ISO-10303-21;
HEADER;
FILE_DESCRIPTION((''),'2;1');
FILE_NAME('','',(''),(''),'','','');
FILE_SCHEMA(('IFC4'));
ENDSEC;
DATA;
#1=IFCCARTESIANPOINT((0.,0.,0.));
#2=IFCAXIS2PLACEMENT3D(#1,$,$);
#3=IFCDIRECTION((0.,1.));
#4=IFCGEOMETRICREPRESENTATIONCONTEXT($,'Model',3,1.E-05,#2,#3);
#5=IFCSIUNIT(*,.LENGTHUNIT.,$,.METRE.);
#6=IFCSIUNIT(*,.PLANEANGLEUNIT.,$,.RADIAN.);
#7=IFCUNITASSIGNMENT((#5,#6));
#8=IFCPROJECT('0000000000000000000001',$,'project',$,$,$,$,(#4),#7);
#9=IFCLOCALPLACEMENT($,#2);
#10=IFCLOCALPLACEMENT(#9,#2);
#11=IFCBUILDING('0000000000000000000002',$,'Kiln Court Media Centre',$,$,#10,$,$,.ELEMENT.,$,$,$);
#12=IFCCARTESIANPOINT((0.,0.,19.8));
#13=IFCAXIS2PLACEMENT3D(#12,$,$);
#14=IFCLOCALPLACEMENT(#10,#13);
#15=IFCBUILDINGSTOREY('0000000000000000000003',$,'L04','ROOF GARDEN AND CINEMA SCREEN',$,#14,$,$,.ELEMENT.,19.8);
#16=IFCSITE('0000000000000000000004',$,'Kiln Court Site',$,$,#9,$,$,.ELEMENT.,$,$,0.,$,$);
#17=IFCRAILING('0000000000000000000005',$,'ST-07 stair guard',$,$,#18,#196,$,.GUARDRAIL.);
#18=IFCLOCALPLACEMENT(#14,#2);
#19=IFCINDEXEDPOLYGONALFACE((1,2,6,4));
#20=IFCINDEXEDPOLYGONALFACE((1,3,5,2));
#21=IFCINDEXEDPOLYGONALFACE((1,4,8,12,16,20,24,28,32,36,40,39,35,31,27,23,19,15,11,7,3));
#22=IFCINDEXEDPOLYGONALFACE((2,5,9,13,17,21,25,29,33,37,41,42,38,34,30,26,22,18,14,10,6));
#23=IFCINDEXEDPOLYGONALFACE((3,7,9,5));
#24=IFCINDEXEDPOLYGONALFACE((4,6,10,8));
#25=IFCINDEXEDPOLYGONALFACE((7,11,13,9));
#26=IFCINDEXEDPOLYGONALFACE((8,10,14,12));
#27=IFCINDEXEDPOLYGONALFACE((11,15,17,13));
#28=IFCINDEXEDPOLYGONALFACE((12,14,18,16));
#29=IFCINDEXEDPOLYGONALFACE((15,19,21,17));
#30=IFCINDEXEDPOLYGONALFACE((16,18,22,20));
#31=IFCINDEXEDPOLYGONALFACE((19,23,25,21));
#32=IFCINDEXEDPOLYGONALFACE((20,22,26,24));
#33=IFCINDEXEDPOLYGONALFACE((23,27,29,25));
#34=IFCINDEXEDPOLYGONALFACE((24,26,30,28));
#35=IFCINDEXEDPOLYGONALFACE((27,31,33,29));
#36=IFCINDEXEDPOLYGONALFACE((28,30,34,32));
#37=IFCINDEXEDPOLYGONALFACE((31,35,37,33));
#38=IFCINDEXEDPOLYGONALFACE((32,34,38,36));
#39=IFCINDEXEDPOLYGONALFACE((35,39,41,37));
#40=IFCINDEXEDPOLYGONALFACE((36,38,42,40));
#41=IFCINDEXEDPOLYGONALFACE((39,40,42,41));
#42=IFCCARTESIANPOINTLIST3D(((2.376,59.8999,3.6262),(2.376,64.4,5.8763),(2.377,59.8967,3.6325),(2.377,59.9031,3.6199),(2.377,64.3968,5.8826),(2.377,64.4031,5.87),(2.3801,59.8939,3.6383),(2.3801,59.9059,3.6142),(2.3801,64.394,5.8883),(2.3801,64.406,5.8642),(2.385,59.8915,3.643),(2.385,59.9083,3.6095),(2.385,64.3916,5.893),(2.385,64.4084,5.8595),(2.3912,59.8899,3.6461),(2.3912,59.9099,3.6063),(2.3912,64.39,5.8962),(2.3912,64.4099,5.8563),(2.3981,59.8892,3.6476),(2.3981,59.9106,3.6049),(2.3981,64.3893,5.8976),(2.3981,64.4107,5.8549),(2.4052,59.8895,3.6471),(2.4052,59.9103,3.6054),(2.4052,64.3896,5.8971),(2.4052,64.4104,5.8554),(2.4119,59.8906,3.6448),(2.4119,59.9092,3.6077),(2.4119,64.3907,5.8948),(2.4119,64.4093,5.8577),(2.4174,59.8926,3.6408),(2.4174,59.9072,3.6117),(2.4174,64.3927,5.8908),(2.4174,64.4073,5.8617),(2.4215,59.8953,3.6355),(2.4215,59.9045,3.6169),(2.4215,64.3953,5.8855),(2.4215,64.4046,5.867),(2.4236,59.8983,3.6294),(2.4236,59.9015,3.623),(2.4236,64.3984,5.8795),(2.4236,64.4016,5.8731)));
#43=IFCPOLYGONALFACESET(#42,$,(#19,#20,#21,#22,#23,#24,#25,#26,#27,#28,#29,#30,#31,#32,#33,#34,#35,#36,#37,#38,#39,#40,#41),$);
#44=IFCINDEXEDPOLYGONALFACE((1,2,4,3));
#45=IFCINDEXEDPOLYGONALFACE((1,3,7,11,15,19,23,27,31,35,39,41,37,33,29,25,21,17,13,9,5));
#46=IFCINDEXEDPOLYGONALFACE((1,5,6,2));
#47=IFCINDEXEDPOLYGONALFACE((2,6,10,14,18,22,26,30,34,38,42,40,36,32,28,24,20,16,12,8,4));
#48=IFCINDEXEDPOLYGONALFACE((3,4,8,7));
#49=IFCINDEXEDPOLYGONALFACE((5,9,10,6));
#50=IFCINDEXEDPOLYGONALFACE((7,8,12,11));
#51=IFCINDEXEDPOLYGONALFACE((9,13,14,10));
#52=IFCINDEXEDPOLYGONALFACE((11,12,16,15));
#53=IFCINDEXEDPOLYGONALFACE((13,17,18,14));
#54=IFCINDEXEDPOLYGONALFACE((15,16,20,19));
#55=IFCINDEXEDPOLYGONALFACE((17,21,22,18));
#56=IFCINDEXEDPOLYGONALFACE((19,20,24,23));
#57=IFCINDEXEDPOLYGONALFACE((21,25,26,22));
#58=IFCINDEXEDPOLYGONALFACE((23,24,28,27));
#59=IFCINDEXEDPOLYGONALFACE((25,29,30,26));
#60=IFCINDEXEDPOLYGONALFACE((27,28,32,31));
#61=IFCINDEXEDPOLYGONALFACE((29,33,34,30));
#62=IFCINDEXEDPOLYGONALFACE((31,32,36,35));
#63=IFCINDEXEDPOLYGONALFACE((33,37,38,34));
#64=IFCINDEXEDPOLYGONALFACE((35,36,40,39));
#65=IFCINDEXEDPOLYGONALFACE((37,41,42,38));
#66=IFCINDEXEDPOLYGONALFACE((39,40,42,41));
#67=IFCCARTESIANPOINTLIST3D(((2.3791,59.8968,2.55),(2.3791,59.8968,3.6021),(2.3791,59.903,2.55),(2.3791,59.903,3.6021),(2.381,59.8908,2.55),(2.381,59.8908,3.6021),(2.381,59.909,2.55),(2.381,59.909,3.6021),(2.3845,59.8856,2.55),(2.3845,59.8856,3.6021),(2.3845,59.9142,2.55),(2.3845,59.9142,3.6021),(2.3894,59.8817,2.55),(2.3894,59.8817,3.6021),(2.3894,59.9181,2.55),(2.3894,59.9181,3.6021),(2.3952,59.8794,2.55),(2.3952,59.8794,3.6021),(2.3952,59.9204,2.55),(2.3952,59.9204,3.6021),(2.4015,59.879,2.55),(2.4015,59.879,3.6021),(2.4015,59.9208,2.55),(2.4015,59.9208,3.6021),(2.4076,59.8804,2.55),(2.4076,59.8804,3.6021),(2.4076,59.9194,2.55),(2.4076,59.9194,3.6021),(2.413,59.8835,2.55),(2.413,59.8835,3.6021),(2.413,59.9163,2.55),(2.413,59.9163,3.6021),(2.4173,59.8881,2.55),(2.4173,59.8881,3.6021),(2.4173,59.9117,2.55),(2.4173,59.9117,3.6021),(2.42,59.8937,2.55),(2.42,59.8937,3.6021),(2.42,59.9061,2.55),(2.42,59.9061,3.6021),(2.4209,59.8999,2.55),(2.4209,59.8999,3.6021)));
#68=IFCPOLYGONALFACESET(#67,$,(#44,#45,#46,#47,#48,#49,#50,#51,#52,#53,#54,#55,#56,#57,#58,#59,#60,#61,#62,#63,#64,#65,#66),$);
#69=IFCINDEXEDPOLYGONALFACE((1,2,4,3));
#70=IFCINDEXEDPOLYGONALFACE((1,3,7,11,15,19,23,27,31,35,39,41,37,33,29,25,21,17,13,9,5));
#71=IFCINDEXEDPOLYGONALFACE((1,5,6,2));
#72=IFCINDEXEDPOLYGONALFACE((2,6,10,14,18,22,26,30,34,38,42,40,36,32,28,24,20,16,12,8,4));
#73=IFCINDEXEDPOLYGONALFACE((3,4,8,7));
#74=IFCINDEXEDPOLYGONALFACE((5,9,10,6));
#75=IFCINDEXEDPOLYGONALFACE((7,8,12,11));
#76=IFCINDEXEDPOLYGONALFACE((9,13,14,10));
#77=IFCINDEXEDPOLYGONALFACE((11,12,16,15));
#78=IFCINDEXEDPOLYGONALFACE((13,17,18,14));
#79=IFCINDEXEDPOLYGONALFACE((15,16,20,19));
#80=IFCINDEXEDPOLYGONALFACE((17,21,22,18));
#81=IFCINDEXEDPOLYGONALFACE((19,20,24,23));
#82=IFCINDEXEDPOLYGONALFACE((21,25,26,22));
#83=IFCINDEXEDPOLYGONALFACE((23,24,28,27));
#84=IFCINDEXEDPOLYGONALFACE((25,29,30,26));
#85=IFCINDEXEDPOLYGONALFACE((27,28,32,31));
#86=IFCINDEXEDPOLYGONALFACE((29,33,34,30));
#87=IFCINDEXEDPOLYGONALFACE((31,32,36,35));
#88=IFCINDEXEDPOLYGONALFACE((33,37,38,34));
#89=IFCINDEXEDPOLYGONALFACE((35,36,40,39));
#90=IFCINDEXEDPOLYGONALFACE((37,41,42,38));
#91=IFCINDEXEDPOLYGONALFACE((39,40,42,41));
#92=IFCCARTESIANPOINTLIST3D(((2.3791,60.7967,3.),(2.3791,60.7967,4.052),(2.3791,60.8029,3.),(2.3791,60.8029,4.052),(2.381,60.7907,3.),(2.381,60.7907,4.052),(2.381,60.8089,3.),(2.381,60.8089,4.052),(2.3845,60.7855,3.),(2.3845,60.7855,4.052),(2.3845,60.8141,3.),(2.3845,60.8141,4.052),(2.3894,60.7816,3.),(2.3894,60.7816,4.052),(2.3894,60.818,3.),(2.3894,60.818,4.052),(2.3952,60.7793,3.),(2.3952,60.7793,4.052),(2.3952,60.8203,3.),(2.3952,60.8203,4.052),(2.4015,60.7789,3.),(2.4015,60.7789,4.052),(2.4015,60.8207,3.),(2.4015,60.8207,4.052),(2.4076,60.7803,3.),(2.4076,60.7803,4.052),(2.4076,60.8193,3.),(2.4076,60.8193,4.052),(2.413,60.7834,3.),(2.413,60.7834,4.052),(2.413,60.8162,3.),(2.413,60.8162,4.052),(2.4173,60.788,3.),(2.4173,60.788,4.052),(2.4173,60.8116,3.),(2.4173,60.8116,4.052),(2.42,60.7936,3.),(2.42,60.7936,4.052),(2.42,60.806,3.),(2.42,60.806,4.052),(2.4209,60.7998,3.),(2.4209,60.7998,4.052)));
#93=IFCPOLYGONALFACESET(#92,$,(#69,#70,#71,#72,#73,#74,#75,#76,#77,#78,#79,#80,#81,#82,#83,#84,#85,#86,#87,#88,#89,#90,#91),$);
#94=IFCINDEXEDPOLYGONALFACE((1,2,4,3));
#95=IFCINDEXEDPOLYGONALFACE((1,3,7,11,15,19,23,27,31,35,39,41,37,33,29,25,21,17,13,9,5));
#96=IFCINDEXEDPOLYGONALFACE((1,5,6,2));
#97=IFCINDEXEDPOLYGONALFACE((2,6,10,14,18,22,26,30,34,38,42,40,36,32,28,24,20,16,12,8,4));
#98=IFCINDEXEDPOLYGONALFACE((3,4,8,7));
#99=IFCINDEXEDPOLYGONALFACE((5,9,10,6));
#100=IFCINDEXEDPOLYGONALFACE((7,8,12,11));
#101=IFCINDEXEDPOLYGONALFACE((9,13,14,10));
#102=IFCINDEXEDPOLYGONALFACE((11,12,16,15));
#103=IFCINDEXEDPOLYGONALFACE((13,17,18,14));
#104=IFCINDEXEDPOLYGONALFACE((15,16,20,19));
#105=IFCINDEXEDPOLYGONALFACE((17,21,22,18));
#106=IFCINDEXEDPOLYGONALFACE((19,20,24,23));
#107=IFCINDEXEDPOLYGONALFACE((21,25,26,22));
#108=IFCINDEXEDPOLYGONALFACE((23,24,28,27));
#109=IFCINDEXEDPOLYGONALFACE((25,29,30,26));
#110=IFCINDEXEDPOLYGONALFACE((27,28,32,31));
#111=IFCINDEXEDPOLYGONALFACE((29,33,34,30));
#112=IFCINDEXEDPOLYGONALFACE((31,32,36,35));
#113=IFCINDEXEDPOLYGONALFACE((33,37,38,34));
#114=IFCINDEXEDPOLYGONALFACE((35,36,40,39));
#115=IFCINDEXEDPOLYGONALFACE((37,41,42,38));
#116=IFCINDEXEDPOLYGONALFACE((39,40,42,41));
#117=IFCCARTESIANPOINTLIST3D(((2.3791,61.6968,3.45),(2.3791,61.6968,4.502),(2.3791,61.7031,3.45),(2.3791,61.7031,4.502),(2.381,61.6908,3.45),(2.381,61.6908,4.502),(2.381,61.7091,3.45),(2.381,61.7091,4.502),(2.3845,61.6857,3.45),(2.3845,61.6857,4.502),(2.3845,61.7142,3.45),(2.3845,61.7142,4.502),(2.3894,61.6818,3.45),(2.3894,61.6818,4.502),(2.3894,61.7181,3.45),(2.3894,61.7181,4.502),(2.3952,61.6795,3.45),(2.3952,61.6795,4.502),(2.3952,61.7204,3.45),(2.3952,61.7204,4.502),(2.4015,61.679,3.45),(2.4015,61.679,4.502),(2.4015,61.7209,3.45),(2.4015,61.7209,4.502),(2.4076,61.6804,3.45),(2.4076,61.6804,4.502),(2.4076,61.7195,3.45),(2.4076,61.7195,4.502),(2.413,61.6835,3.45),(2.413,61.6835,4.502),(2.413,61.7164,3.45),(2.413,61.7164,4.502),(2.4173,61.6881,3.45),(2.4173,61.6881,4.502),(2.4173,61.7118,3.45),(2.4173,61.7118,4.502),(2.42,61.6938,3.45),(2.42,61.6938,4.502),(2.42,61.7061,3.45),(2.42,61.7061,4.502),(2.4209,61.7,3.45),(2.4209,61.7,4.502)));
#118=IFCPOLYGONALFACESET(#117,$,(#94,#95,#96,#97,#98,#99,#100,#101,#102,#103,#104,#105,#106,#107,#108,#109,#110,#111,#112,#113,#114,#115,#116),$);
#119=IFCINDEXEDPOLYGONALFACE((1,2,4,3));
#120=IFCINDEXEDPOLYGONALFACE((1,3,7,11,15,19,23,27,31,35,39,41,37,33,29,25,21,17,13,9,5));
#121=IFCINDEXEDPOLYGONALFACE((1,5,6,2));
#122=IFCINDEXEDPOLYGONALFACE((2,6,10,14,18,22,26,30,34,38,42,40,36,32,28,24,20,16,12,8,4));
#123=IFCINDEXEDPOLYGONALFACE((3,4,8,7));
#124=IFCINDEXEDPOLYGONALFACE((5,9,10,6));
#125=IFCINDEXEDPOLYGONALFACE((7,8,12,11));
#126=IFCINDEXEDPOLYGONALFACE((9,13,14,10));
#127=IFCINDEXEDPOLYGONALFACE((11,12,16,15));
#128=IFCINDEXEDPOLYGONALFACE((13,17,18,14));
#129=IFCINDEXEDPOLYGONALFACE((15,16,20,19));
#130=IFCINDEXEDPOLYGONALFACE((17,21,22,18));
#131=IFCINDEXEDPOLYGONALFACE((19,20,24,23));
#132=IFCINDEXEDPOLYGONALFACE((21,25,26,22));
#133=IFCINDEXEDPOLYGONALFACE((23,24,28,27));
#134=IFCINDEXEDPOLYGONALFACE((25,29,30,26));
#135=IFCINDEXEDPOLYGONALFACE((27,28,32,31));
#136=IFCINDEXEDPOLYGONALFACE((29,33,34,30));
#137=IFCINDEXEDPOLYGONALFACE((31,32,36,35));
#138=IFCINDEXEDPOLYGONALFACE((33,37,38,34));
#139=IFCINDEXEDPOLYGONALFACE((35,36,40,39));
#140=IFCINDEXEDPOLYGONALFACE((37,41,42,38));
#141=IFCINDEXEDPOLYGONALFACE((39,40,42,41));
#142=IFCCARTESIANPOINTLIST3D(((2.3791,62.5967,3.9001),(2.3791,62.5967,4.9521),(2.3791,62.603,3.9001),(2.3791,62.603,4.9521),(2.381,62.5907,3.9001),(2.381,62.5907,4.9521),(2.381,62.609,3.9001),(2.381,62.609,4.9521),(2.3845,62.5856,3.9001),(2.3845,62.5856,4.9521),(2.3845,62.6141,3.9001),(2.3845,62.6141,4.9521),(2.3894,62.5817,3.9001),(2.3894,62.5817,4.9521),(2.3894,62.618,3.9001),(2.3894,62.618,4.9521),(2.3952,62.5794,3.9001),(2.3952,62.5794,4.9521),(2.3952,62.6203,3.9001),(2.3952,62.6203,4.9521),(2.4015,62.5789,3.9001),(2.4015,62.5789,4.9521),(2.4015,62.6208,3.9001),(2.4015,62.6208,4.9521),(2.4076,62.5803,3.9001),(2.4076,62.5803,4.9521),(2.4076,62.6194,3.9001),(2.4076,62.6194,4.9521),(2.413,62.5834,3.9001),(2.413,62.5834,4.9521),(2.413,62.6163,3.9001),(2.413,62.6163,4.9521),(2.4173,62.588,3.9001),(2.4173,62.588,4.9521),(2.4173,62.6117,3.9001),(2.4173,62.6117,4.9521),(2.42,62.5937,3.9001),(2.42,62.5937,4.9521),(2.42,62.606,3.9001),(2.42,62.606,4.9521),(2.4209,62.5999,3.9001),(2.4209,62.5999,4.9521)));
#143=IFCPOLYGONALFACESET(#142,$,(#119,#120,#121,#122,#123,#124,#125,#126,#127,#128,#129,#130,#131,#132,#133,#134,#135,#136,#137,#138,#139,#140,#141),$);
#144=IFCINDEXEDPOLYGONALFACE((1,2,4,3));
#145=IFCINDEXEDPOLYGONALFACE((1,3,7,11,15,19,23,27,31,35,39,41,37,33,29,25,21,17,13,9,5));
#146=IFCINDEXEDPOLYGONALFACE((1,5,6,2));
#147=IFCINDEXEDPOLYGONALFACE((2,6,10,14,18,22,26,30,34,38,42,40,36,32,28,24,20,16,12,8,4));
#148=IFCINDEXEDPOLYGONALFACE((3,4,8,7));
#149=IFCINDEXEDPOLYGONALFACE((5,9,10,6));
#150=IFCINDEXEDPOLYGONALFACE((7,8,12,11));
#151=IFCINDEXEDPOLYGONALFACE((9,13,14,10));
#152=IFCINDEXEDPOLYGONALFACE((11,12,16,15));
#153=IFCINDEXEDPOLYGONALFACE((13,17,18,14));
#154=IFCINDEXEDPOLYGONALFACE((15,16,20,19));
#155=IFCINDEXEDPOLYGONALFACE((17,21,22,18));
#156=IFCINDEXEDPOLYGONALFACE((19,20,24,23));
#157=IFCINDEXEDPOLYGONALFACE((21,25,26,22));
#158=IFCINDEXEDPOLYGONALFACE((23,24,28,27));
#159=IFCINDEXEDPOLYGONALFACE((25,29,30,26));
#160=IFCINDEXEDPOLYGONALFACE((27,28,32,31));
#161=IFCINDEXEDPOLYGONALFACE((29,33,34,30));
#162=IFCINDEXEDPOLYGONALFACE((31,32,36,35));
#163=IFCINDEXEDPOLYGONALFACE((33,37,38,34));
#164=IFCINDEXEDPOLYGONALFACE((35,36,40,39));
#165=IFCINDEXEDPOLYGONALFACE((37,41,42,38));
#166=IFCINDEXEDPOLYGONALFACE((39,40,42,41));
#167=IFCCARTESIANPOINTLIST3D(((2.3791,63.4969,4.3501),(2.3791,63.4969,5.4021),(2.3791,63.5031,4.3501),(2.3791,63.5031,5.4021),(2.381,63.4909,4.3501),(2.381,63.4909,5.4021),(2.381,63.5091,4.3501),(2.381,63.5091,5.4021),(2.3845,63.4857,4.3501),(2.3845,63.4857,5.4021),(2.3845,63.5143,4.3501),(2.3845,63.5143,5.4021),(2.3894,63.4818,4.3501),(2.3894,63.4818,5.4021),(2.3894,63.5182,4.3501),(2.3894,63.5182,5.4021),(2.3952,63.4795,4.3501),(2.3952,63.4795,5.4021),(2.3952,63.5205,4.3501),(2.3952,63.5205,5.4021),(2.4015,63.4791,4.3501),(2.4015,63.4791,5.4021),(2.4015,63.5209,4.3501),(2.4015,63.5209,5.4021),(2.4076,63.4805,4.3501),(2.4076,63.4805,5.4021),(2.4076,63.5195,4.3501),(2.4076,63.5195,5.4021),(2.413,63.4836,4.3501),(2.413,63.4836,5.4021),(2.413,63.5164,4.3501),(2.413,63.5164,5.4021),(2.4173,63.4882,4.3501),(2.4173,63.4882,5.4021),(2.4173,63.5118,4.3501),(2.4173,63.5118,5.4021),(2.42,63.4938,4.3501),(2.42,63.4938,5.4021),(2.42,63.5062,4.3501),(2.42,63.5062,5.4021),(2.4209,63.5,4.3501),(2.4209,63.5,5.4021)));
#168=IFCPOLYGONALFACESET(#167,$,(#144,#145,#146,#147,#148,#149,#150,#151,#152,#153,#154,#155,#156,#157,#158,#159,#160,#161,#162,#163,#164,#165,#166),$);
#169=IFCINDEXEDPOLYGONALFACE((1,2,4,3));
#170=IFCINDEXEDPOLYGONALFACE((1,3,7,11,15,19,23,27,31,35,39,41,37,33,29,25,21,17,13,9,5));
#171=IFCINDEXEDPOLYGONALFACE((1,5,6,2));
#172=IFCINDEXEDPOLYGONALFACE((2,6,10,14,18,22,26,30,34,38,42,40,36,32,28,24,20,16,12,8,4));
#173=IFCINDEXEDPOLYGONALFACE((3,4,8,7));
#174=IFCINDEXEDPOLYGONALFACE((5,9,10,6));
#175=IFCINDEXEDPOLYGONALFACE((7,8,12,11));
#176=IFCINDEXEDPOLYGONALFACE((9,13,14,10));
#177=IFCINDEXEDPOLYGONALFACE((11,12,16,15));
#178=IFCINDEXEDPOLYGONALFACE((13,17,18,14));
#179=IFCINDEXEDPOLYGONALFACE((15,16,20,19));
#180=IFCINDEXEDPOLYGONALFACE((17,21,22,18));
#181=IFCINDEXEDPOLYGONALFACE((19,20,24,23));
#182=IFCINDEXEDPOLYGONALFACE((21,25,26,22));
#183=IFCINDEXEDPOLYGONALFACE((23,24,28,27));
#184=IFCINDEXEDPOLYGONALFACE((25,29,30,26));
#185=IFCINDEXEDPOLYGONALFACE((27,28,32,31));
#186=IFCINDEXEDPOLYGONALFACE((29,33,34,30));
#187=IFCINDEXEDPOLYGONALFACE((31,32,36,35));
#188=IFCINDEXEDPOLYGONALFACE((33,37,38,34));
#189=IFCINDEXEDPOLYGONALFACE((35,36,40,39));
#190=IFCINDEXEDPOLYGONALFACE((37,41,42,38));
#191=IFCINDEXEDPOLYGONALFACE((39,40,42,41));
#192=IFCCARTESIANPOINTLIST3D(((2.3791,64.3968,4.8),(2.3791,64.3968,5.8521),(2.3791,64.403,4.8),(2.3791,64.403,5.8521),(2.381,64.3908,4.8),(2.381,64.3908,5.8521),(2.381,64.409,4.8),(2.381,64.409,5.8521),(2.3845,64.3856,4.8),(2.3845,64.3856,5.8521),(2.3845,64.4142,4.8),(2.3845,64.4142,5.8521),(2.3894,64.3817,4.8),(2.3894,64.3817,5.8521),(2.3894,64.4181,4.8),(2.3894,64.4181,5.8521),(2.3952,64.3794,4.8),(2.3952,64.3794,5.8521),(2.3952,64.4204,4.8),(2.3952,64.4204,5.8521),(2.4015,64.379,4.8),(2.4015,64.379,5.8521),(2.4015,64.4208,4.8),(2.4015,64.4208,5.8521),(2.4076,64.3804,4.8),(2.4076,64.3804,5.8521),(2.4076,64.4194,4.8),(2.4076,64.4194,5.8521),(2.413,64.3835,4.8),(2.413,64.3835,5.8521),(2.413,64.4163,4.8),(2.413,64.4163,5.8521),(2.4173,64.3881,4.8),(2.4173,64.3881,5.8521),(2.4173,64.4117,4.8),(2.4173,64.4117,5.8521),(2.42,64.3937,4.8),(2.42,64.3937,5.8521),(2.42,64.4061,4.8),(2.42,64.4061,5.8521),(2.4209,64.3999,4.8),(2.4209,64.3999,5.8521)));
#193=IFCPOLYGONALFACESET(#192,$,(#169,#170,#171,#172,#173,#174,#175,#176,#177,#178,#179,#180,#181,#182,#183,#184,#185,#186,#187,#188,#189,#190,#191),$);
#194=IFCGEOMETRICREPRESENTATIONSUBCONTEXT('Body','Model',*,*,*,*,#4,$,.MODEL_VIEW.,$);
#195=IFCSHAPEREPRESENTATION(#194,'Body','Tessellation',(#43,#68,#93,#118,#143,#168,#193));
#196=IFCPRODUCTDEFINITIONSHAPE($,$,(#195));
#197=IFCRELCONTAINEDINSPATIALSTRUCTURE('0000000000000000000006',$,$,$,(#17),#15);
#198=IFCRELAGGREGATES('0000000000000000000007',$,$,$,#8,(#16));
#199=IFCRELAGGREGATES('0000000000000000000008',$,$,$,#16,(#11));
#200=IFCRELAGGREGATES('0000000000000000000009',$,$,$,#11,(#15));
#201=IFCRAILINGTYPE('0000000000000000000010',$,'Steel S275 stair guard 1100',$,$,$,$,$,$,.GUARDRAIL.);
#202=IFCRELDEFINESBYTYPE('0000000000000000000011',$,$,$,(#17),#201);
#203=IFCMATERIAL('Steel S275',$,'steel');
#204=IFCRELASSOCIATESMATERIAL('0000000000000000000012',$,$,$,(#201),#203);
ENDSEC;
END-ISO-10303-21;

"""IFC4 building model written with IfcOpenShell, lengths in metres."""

from ifc_helpers import new_model, si_unit, direction, frame, origin, origin_2d, place, context, subcontext, project, spatial, circle, extrude, material, type_object, element, save


model = new_model("IFC4")

# Units and contexts
model_context = context("Model", 3, precision=1e-05, world=origin(), true_north=direction((0.0, 1.0)))
body_context = subcontext(model_context, "Body", "Model", "MODEL_VIEW")
ifc_project = project(units=[si_unit("LENGTHUNIT", "METRE"), si_unit("PLANEANGLEUNIT", "RADIAN")], contexts=[model_context])

# Site, building, storey
site_placement = place(None, origin())
site = spatial("IfcSite", under=ifc_project, at=site_placement, Name="Kiln Court Site", CompositionType="ELEMENT", RefElevation=0.0)
building_placement = place(site_placement, origin())
building = spatial("IfcBuilding", under=site, at=building_placement, Name="Kiln Court Media Centre", CompositionType="ELEMENT")
storey_placement = place(building_placement, frame((0.0, 0.0, 19.8)))
storey = spatial("IfcBuildingStorey", under=building, at=storey_placement, Name="L04", Description="ROOF GARDEN AND CINEMA SCREEN", CompositionType="ELEMENT", Elevation=19.8)

# Railing
ifc_material_1 = material(Name="Steel S275", Category="steel")
railing_type_1 = type_object("IfcRailingType", Name="Steel S275 stair guard 1100", PredefinedType="GUARDRAIL", material=ifc_material_1)
railing_1_placement = place(storey_placement, frame((2.3999, 59.8999, 2.55)))
element("IfcRailing", 1, at=railing_1_placement, inside=storey, type_object=railing_type_1, Name="ST-07 stair guard", PredefinedType="GUARDRAIL", context=body_context, shape_type="SweptSolid", body=[
    extrude(circle(Radius=0.0239, at=origin_2d()), frame((0.0, 0.0, 1.0762), z_axis=(0.0, 0.894427, 0.447214), x_axis=(-1.0, 0.0, 0.0)), (0.0, 0.0, 1.0), 5.0312),
    extrude(circle(Radius=0.021, at=origin_2d()), origin(), (0.0, 0.0, 1.0), 1.052),
    extrude(circle(Radius=0.021, at=origin_2d()), frame((0.0, 0.8999, 0.45)), (0.0, 0.0, 1.0), 1.052),
    extrude(circle(Radius=0.021, at=origin_2d()), frame((0.0, 1.8, 0.8999)), (0.0, 0.0, 1.0), 1.052),
    extrude(circle(Radius=0.021, at=origin_2d()), frame((0.0, 2.7, 1.3501)), (0.0, 0.0, 1.0), 1.052),
    extrude(circle(Radius=0.021, at=origin_2d()), frame((0.0, 3.6001, 1.8)), (0.0, 0.0, 1.0), 1.052),
    extrude(circle(Radius=0.021, at=origin_2d()), frame((0.0, 4.5, 2.25)), (0.0, 0.0, 1.0), 1.052),
])

save(model, "model.ifc")
